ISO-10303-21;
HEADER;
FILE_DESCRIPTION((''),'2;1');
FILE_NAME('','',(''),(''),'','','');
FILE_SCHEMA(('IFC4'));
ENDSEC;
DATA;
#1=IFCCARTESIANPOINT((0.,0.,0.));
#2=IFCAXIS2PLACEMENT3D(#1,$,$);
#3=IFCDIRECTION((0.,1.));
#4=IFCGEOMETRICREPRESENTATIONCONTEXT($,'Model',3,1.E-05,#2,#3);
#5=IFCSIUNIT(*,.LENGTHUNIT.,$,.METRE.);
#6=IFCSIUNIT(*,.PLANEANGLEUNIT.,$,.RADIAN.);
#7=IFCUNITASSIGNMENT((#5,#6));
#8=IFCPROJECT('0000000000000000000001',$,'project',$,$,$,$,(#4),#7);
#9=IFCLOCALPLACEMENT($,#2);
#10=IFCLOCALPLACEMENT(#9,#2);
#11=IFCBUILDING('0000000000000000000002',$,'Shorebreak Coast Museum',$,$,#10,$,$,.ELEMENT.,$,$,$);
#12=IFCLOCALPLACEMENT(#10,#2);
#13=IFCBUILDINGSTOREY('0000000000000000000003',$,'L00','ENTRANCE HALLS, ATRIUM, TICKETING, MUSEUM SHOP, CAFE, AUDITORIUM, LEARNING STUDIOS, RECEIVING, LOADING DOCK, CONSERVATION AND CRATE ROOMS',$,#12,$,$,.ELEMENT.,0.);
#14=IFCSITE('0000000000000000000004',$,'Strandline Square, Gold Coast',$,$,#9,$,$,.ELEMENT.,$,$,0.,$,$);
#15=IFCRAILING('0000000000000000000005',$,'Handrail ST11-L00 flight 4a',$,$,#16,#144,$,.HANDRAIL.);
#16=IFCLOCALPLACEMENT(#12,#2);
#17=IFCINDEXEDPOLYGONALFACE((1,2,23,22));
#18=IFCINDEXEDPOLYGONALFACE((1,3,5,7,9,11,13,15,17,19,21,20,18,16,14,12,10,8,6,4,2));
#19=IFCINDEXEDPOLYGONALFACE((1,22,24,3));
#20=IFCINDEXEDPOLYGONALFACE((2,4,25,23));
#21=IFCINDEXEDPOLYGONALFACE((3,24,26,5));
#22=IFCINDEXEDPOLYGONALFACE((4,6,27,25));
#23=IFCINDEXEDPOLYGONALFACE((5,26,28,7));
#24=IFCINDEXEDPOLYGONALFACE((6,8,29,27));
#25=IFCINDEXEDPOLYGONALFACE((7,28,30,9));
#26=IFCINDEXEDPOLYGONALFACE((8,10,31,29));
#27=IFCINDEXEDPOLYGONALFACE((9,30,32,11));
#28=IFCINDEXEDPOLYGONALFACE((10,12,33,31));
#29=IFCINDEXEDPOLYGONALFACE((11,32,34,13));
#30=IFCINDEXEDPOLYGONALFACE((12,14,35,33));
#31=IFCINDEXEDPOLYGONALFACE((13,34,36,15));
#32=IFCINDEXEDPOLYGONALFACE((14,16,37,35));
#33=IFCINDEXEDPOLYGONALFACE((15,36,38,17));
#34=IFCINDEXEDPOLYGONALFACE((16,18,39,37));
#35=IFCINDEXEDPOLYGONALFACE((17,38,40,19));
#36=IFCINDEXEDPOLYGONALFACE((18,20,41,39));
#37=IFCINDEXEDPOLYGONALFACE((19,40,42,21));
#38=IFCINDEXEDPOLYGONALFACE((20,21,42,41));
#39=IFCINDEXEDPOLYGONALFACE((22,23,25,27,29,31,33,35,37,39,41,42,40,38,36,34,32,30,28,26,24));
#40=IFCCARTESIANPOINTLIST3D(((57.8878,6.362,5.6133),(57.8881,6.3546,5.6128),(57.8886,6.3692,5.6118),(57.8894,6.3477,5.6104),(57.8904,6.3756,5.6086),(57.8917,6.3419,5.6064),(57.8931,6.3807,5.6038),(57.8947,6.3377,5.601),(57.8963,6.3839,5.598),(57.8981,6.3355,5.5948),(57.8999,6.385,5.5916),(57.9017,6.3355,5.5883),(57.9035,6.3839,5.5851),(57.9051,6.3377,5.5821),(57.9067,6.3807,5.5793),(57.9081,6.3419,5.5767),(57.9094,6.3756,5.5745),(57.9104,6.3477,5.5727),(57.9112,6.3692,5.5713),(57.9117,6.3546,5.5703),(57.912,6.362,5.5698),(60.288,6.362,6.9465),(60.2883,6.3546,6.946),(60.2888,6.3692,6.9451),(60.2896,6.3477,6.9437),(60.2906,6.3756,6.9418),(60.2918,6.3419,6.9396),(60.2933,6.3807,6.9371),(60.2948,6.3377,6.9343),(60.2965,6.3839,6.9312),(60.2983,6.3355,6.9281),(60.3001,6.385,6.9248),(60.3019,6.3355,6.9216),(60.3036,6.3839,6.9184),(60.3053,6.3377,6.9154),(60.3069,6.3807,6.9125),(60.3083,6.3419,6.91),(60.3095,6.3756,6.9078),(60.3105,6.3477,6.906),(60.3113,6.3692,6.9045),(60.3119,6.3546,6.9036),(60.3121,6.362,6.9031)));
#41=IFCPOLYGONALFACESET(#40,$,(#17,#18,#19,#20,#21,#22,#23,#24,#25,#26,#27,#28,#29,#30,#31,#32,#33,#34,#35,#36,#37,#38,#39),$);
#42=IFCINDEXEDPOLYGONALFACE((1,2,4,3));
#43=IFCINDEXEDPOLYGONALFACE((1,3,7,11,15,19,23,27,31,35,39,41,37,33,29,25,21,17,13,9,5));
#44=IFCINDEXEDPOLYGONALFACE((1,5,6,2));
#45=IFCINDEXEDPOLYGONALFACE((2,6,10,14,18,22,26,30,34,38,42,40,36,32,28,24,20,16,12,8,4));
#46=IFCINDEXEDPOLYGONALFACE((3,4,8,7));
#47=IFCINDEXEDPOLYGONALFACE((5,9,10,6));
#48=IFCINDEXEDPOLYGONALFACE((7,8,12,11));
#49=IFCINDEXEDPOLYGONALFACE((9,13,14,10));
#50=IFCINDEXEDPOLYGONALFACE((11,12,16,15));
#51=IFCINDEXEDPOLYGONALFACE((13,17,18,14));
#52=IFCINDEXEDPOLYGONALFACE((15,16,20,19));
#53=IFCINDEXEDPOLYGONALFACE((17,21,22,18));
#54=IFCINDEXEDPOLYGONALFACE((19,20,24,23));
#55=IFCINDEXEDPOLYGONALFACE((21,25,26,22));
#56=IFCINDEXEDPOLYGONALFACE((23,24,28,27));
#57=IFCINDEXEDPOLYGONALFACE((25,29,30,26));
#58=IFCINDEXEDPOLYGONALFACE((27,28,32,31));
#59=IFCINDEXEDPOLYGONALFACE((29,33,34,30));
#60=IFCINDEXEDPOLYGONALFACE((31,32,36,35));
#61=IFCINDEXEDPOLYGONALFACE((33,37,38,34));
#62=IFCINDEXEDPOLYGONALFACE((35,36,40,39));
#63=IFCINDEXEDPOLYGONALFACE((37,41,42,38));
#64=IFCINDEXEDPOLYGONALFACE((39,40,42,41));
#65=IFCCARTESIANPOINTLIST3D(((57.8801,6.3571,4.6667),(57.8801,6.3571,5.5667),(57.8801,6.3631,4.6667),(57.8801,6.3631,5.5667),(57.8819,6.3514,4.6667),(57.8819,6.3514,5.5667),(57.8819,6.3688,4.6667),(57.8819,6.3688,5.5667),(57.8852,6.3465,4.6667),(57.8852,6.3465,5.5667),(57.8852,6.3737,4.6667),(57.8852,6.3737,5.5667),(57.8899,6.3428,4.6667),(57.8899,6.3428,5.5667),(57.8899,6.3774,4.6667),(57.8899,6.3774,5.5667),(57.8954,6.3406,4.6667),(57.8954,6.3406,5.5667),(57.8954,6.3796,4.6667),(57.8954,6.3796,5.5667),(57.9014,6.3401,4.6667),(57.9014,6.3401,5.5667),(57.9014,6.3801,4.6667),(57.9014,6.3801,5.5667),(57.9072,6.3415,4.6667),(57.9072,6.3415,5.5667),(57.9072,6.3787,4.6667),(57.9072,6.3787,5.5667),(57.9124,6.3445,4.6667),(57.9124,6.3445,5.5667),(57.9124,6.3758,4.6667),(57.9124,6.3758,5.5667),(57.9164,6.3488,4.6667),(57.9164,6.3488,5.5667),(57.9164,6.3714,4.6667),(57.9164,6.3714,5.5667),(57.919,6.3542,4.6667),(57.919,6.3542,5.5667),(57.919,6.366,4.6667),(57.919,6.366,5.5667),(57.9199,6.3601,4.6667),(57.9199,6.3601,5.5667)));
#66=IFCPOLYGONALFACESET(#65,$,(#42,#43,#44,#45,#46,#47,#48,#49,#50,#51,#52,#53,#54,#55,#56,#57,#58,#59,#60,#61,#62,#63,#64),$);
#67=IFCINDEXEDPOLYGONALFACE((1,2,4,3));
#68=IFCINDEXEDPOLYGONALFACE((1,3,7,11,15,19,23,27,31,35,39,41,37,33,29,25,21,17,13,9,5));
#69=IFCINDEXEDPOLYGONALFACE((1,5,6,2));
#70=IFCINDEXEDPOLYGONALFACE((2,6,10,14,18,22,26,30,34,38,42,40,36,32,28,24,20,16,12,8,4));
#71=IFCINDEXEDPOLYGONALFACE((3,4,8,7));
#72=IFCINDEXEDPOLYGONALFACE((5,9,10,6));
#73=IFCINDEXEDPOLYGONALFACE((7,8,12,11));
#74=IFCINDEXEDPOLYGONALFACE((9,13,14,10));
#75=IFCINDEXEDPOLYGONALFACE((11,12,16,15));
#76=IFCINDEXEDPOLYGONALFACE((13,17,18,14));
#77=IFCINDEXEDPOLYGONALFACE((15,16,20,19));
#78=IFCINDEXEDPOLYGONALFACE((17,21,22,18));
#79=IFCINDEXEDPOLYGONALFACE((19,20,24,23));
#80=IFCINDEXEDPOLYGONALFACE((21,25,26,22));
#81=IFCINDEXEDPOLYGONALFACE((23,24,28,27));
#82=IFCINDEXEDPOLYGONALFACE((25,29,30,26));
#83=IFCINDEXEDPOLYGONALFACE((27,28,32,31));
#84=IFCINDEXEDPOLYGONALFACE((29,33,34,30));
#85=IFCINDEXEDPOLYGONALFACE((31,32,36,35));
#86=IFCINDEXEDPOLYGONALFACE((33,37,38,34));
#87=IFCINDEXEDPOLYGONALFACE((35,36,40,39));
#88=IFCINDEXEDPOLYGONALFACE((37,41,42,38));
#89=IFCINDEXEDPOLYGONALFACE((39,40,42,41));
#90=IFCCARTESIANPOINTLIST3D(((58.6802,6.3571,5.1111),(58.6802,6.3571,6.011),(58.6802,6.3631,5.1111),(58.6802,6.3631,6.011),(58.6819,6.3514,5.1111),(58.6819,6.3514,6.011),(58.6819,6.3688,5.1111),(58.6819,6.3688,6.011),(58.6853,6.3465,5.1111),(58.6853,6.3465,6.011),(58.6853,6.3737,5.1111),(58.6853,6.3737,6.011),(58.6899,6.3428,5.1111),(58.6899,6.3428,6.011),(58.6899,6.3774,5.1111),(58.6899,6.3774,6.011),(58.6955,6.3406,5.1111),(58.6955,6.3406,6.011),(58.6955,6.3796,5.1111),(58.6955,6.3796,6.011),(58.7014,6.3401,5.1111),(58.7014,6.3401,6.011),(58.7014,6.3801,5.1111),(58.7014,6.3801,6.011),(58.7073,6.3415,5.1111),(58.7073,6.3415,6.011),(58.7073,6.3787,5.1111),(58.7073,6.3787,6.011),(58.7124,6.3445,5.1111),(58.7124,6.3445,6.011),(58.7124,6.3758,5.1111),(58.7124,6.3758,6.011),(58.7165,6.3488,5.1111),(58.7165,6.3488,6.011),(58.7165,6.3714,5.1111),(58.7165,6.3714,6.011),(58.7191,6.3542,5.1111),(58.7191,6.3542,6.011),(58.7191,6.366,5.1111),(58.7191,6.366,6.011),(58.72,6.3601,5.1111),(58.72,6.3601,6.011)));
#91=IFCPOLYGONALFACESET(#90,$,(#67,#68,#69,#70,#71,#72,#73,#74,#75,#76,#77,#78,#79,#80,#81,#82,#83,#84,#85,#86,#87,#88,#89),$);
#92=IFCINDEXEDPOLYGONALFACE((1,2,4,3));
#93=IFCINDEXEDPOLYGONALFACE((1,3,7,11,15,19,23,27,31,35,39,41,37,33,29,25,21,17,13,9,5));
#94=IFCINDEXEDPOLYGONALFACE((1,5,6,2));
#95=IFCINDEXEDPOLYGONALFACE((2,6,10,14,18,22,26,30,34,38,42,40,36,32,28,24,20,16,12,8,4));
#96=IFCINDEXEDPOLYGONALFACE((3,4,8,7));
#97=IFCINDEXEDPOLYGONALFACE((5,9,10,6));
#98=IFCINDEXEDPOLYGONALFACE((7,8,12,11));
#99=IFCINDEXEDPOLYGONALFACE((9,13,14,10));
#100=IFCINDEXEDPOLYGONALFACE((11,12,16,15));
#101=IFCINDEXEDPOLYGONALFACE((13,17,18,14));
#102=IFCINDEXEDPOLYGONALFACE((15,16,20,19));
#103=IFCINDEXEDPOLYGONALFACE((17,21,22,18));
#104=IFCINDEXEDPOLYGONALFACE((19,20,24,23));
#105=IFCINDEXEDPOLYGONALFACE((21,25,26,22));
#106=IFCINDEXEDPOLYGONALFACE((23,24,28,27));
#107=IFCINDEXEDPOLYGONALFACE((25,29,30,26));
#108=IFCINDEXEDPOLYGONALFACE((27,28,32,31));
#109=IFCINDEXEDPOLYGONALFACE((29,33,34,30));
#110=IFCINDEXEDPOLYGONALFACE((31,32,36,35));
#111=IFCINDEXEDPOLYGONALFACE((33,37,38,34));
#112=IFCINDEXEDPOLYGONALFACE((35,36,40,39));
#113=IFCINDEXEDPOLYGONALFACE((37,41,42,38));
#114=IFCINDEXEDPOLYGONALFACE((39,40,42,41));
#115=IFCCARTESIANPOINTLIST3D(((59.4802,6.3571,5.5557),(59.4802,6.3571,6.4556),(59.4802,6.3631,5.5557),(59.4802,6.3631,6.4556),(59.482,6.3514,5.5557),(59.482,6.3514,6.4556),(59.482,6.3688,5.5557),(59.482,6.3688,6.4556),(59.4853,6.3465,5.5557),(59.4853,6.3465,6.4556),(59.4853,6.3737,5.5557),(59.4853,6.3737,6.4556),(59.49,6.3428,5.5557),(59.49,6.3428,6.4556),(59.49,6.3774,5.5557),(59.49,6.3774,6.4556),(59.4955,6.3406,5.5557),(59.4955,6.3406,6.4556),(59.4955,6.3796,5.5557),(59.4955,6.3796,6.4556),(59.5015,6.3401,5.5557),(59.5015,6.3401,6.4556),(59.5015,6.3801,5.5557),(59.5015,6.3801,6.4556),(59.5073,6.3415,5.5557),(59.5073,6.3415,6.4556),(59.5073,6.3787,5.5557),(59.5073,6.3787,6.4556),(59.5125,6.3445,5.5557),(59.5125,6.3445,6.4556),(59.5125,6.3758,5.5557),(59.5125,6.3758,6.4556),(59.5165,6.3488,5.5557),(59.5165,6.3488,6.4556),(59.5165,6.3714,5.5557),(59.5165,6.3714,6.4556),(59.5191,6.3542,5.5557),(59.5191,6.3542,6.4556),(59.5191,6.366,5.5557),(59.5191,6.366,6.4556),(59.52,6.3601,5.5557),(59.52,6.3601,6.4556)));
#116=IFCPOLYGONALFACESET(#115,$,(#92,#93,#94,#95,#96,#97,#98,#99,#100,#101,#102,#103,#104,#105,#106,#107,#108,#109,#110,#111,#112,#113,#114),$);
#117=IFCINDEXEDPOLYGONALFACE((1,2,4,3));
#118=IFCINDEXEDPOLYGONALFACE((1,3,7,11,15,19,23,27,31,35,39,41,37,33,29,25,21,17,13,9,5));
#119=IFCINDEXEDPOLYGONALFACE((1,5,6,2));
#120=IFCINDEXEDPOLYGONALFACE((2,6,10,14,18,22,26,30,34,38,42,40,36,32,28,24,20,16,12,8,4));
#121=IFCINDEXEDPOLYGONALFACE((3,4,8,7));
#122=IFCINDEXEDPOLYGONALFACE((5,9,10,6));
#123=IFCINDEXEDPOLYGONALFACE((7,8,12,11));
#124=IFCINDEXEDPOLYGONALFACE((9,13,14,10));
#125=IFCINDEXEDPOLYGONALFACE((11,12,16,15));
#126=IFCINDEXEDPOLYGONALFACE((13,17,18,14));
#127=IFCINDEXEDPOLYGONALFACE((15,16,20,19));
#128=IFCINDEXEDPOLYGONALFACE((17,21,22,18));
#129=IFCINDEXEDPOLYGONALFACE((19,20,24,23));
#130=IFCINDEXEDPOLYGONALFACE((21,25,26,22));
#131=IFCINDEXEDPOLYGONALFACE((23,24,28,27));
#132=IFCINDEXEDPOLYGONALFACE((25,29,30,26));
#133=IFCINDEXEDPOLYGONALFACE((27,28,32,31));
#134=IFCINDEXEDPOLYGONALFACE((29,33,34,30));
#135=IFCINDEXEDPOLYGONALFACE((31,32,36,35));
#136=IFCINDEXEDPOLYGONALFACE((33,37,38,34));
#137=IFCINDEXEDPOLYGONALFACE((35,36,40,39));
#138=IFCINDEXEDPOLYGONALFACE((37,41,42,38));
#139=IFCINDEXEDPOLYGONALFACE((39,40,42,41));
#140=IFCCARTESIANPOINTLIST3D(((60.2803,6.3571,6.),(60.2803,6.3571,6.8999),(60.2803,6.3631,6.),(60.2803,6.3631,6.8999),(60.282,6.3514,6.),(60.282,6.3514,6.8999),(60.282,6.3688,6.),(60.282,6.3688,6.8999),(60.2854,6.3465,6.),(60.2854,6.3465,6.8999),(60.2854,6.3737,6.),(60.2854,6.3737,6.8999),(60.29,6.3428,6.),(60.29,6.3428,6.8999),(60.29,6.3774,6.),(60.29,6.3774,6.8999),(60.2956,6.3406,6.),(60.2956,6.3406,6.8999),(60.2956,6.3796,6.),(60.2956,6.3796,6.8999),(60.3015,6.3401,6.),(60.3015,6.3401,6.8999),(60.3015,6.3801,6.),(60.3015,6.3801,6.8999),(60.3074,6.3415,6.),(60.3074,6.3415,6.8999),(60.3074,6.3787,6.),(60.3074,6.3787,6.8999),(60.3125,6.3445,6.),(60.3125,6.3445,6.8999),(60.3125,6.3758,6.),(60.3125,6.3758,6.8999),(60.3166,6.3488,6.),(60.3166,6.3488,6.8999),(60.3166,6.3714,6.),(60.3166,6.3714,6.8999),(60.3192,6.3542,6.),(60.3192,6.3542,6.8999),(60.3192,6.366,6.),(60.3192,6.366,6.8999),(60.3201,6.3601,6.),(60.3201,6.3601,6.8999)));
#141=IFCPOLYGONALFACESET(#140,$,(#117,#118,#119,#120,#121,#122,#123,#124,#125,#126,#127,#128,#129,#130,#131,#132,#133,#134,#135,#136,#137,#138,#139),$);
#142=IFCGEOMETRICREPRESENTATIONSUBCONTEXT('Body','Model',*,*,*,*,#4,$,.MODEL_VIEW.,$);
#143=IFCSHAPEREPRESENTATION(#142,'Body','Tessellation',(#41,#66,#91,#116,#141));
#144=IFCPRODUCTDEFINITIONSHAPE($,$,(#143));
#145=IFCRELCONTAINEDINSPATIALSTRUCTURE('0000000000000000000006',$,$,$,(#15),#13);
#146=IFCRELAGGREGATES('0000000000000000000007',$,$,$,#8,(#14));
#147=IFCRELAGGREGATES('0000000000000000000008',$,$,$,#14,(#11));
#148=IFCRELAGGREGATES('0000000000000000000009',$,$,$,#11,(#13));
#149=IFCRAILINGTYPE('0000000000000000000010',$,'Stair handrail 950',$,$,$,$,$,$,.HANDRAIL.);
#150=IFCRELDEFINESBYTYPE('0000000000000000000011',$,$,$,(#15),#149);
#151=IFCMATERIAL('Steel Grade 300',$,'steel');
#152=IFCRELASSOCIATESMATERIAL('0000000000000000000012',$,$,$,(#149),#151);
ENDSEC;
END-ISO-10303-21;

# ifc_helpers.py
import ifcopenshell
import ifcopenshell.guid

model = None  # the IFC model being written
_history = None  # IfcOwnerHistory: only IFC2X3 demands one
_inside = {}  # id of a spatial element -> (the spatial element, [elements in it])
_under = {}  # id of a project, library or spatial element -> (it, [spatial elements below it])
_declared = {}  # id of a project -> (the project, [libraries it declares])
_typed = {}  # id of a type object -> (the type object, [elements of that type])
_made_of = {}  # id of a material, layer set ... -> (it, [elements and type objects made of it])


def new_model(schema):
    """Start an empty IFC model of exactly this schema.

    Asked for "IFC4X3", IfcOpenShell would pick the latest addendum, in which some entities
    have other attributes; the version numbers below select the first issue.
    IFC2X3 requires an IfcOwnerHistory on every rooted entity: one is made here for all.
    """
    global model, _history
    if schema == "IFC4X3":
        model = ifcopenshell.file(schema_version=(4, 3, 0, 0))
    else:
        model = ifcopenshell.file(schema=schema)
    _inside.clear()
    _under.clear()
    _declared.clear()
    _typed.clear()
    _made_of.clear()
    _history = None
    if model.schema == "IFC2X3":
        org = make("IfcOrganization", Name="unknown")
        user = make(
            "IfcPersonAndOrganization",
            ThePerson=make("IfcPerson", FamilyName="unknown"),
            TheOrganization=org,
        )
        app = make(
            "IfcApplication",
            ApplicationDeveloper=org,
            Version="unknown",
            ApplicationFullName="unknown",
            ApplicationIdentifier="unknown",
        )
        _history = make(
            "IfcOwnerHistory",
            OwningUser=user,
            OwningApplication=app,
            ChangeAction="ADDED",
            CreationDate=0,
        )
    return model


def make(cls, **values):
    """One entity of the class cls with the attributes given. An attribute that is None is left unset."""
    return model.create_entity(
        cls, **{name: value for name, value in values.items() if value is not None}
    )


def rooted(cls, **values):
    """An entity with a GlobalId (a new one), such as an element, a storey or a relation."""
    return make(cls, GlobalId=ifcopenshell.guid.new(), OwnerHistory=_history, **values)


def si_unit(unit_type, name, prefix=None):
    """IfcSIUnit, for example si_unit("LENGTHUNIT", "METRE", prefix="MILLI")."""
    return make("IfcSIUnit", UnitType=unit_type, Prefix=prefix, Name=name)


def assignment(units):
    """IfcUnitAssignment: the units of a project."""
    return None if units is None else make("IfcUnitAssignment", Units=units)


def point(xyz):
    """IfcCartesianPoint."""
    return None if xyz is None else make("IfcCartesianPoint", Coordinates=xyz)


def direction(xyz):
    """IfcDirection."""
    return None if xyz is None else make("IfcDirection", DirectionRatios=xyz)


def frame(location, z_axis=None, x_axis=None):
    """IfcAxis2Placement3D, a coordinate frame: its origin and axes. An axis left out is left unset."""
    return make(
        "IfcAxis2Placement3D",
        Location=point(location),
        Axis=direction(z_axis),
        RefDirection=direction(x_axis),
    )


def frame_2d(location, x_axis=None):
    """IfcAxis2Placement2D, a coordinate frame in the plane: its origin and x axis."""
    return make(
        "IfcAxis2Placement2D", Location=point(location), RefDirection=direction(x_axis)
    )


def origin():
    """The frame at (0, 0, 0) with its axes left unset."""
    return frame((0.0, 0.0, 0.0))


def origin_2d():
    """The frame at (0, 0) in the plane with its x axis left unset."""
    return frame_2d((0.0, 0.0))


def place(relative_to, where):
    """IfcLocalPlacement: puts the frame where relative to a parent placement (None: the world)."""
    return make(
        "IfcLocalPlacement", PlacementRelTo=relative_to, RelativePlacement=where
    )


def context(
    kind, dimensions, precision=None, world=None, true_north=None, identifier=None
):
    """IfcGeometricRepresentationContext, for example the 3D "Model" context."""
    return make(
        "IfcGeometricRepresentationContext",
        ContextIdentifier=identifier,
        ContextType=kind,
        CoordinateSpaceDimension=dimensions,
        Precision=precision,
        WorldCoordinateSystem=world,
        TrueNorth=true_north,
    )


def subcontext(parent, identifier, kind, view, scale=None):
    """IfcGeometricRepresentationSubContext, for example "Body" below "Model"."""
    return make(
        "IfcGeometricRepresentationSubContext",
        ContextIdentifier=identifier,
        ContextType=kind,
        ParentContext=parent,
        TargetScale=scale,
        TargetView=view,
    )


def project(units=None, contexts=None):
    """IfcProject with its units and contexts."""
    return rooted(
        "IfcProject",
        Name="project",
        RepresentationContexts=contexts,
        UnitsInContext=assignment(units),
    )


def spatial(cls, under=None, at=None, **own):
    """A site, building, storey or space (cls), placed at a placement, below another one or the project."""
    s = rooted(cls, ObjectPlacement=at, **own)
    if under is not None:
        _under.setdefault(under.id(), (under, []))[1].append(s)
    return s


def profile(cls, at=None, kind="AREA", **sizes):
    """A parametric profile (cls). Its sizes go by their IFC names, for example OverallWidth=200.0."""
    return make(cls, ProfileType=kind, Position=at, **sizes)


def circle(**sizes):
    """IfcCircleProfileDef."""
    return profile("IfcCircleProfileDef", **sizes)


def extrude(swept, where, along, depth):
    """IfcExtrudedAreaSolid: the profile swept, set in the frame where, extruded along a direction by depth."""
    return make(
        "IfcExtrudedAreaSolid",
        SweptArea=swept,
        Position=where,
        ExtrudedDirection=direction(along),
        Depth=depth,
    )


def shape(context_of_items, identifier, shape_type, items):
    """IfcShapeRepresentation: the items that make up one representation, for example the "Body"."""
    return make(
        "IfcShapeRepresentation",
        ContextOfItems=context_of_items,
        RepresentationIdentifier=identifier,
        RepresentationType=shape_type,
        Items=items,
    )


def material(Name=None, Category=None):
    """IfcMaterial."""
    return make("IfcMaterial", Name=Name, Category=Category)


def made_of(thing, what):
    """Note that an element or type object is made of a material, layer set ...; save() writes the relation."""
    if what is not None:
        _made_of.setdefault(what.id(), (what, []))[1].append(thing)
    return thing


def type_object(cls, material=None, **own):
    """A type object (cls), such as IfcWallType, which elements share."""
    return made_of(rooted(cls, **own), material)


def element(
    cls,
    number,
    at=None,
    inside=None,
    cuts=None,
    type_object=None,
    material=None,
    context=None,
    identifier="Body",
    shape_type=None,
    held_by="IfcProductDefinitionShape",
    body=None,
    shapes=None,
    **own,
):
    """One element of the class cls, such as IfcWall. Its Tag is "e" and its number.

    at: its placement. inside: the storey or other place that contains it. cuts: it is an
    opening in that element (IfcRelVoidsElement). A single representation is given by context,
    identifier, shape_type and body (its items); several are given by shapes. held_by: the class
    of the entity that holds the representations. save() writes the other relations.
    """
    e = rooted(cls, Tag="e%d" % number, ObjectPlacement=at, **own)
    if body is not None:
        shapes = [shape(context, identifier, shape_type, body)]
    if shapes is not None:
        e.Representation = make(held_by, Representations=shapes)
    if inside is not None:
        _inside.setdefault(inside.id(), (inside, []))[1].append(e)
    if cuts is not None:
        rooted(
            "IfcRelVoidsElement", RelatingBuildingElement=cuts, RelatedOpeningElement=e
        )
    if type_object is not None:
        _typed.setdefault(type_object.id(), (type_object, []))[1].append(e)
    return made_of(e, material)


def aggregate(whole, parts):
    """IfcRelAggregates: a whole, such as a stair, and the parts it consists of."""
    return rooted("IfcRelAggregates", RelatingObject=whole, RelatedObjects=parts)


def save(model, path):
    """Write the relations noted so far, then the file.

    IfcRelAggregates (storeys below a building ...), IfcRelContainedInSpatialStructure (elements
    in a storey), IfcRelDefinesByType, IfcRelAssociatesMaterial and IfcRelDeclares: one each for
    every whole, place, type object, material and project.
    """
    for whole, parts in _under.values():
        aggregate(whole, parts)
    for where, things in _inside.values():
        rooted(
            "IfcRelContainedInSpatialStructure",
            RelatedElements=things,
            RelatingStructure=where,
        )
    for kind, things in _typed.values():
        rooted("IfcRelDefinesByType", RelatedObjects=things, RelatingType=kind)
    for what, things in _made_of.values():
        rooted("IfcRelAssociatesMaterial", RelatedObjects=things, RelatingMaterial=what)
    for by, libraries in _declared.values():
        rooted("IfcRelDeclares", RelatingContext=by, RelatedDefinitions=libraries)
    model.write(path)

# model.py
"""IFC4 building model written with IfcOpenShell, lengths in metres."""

from ifc_helpers import new_model, si_unit, direction, frame, origin, origin_2d, place, context, subcontext, project, spatial, circle, extrude, material, type_object, element, save


model = new_model("IFC4")

# Units and contexts
model_context = context("Model", 3, precision=1e-05, world=origin(), true_north=direction((0.0, 1.0)))
body_context = subcontext(model_context, "Body", "Model", "MODEL_VIEW")
ifc_project = project(units=[si_unit("LENGTHUNIT", "METRE"), si_unit("PLANEANGLEUNIT", "RADIAN")], contexts=[model_context])

# Site, building, storey
site_placement = place(None, origin())
site = spatial("IfcSite", under=ifc_project, at=site_placement, Name="Strandline Square, Gold Coast", CompositionType="ELEMENT", RefElevation=0.0)
building_placement = place(site_placement, origin())
building = spatial("IfcBuilding", under=site, at=building_placement, Name="Shorebreak Coast Museum", CompositionType="ELEMENT")
storey_placement = place(building_placement, origin())
storey = spatial("IfcBuildingStorey", under=building, at=storey_placement, Name="L00", Description="ENTRANCE HALLS, ATRIUM, TICKETING, MUSEUM SHOP, CAFE, AUDITORIUM, LEARNING STUDIOS, RECEIVING, LOADING DOCK, CONSERVATION AND CRATE ROOMS", CompositionType="ELEMENT", Elevation=0.0)

# Railing
ifc_material_1 = material(Name="Steel Grade 300", Category="steel")
railing_type_1 = type_object("IfcRailingType", Name="Stair handrail 950", PredefinedType="HANDRAIL", material=ifc_material_1)
for number, where, name in (
    (1, (57.8999, 6.3601, 4.6667), "Handrail ST11-L00 flight 4a"),
):
    element("IfcRailing", number, at=place(storey_placement, frame(where)), inside=storey, type_object=railing_type_1, Name=name, PredefinedType="HANDRAIL", context=body_context, shape_type="SweptSolid", body=[
        extrude(circle(Radius=0.0249, at=origin_2d()), frame((0.0, 0.0, 0.9248), z_axis=(0.874182, 0.0, 0.485598), x_axis=(0.0, 1.0, 0.0)), (0.0, 0.0, 1.0), 2.7456),
        extrude(circle(Radius=0.02, at=origin_2d()), origin(), (0.0, 0.0, 1.0), 0.8999),
        extrude(circle(Radius=0.02, at=origin_2d()), frame((0.8, 0.0, 0.4443)), (0.0, 0.0, 1.0), 0.8999),
        extrude(circle(Radius=0.02, at=origin_2d()), frame((1.6001, 0.0, 0.8889)), (0.0, 0.0, 1.0), 0.8999),
        extrude(circle(Radius=0.02, at=origin_2d()), frame((2.4001, 0.0, 1.3333)), (0.0, 0.0, 1.0), 0.8999),
    ])

save(model, "model.ifc")
